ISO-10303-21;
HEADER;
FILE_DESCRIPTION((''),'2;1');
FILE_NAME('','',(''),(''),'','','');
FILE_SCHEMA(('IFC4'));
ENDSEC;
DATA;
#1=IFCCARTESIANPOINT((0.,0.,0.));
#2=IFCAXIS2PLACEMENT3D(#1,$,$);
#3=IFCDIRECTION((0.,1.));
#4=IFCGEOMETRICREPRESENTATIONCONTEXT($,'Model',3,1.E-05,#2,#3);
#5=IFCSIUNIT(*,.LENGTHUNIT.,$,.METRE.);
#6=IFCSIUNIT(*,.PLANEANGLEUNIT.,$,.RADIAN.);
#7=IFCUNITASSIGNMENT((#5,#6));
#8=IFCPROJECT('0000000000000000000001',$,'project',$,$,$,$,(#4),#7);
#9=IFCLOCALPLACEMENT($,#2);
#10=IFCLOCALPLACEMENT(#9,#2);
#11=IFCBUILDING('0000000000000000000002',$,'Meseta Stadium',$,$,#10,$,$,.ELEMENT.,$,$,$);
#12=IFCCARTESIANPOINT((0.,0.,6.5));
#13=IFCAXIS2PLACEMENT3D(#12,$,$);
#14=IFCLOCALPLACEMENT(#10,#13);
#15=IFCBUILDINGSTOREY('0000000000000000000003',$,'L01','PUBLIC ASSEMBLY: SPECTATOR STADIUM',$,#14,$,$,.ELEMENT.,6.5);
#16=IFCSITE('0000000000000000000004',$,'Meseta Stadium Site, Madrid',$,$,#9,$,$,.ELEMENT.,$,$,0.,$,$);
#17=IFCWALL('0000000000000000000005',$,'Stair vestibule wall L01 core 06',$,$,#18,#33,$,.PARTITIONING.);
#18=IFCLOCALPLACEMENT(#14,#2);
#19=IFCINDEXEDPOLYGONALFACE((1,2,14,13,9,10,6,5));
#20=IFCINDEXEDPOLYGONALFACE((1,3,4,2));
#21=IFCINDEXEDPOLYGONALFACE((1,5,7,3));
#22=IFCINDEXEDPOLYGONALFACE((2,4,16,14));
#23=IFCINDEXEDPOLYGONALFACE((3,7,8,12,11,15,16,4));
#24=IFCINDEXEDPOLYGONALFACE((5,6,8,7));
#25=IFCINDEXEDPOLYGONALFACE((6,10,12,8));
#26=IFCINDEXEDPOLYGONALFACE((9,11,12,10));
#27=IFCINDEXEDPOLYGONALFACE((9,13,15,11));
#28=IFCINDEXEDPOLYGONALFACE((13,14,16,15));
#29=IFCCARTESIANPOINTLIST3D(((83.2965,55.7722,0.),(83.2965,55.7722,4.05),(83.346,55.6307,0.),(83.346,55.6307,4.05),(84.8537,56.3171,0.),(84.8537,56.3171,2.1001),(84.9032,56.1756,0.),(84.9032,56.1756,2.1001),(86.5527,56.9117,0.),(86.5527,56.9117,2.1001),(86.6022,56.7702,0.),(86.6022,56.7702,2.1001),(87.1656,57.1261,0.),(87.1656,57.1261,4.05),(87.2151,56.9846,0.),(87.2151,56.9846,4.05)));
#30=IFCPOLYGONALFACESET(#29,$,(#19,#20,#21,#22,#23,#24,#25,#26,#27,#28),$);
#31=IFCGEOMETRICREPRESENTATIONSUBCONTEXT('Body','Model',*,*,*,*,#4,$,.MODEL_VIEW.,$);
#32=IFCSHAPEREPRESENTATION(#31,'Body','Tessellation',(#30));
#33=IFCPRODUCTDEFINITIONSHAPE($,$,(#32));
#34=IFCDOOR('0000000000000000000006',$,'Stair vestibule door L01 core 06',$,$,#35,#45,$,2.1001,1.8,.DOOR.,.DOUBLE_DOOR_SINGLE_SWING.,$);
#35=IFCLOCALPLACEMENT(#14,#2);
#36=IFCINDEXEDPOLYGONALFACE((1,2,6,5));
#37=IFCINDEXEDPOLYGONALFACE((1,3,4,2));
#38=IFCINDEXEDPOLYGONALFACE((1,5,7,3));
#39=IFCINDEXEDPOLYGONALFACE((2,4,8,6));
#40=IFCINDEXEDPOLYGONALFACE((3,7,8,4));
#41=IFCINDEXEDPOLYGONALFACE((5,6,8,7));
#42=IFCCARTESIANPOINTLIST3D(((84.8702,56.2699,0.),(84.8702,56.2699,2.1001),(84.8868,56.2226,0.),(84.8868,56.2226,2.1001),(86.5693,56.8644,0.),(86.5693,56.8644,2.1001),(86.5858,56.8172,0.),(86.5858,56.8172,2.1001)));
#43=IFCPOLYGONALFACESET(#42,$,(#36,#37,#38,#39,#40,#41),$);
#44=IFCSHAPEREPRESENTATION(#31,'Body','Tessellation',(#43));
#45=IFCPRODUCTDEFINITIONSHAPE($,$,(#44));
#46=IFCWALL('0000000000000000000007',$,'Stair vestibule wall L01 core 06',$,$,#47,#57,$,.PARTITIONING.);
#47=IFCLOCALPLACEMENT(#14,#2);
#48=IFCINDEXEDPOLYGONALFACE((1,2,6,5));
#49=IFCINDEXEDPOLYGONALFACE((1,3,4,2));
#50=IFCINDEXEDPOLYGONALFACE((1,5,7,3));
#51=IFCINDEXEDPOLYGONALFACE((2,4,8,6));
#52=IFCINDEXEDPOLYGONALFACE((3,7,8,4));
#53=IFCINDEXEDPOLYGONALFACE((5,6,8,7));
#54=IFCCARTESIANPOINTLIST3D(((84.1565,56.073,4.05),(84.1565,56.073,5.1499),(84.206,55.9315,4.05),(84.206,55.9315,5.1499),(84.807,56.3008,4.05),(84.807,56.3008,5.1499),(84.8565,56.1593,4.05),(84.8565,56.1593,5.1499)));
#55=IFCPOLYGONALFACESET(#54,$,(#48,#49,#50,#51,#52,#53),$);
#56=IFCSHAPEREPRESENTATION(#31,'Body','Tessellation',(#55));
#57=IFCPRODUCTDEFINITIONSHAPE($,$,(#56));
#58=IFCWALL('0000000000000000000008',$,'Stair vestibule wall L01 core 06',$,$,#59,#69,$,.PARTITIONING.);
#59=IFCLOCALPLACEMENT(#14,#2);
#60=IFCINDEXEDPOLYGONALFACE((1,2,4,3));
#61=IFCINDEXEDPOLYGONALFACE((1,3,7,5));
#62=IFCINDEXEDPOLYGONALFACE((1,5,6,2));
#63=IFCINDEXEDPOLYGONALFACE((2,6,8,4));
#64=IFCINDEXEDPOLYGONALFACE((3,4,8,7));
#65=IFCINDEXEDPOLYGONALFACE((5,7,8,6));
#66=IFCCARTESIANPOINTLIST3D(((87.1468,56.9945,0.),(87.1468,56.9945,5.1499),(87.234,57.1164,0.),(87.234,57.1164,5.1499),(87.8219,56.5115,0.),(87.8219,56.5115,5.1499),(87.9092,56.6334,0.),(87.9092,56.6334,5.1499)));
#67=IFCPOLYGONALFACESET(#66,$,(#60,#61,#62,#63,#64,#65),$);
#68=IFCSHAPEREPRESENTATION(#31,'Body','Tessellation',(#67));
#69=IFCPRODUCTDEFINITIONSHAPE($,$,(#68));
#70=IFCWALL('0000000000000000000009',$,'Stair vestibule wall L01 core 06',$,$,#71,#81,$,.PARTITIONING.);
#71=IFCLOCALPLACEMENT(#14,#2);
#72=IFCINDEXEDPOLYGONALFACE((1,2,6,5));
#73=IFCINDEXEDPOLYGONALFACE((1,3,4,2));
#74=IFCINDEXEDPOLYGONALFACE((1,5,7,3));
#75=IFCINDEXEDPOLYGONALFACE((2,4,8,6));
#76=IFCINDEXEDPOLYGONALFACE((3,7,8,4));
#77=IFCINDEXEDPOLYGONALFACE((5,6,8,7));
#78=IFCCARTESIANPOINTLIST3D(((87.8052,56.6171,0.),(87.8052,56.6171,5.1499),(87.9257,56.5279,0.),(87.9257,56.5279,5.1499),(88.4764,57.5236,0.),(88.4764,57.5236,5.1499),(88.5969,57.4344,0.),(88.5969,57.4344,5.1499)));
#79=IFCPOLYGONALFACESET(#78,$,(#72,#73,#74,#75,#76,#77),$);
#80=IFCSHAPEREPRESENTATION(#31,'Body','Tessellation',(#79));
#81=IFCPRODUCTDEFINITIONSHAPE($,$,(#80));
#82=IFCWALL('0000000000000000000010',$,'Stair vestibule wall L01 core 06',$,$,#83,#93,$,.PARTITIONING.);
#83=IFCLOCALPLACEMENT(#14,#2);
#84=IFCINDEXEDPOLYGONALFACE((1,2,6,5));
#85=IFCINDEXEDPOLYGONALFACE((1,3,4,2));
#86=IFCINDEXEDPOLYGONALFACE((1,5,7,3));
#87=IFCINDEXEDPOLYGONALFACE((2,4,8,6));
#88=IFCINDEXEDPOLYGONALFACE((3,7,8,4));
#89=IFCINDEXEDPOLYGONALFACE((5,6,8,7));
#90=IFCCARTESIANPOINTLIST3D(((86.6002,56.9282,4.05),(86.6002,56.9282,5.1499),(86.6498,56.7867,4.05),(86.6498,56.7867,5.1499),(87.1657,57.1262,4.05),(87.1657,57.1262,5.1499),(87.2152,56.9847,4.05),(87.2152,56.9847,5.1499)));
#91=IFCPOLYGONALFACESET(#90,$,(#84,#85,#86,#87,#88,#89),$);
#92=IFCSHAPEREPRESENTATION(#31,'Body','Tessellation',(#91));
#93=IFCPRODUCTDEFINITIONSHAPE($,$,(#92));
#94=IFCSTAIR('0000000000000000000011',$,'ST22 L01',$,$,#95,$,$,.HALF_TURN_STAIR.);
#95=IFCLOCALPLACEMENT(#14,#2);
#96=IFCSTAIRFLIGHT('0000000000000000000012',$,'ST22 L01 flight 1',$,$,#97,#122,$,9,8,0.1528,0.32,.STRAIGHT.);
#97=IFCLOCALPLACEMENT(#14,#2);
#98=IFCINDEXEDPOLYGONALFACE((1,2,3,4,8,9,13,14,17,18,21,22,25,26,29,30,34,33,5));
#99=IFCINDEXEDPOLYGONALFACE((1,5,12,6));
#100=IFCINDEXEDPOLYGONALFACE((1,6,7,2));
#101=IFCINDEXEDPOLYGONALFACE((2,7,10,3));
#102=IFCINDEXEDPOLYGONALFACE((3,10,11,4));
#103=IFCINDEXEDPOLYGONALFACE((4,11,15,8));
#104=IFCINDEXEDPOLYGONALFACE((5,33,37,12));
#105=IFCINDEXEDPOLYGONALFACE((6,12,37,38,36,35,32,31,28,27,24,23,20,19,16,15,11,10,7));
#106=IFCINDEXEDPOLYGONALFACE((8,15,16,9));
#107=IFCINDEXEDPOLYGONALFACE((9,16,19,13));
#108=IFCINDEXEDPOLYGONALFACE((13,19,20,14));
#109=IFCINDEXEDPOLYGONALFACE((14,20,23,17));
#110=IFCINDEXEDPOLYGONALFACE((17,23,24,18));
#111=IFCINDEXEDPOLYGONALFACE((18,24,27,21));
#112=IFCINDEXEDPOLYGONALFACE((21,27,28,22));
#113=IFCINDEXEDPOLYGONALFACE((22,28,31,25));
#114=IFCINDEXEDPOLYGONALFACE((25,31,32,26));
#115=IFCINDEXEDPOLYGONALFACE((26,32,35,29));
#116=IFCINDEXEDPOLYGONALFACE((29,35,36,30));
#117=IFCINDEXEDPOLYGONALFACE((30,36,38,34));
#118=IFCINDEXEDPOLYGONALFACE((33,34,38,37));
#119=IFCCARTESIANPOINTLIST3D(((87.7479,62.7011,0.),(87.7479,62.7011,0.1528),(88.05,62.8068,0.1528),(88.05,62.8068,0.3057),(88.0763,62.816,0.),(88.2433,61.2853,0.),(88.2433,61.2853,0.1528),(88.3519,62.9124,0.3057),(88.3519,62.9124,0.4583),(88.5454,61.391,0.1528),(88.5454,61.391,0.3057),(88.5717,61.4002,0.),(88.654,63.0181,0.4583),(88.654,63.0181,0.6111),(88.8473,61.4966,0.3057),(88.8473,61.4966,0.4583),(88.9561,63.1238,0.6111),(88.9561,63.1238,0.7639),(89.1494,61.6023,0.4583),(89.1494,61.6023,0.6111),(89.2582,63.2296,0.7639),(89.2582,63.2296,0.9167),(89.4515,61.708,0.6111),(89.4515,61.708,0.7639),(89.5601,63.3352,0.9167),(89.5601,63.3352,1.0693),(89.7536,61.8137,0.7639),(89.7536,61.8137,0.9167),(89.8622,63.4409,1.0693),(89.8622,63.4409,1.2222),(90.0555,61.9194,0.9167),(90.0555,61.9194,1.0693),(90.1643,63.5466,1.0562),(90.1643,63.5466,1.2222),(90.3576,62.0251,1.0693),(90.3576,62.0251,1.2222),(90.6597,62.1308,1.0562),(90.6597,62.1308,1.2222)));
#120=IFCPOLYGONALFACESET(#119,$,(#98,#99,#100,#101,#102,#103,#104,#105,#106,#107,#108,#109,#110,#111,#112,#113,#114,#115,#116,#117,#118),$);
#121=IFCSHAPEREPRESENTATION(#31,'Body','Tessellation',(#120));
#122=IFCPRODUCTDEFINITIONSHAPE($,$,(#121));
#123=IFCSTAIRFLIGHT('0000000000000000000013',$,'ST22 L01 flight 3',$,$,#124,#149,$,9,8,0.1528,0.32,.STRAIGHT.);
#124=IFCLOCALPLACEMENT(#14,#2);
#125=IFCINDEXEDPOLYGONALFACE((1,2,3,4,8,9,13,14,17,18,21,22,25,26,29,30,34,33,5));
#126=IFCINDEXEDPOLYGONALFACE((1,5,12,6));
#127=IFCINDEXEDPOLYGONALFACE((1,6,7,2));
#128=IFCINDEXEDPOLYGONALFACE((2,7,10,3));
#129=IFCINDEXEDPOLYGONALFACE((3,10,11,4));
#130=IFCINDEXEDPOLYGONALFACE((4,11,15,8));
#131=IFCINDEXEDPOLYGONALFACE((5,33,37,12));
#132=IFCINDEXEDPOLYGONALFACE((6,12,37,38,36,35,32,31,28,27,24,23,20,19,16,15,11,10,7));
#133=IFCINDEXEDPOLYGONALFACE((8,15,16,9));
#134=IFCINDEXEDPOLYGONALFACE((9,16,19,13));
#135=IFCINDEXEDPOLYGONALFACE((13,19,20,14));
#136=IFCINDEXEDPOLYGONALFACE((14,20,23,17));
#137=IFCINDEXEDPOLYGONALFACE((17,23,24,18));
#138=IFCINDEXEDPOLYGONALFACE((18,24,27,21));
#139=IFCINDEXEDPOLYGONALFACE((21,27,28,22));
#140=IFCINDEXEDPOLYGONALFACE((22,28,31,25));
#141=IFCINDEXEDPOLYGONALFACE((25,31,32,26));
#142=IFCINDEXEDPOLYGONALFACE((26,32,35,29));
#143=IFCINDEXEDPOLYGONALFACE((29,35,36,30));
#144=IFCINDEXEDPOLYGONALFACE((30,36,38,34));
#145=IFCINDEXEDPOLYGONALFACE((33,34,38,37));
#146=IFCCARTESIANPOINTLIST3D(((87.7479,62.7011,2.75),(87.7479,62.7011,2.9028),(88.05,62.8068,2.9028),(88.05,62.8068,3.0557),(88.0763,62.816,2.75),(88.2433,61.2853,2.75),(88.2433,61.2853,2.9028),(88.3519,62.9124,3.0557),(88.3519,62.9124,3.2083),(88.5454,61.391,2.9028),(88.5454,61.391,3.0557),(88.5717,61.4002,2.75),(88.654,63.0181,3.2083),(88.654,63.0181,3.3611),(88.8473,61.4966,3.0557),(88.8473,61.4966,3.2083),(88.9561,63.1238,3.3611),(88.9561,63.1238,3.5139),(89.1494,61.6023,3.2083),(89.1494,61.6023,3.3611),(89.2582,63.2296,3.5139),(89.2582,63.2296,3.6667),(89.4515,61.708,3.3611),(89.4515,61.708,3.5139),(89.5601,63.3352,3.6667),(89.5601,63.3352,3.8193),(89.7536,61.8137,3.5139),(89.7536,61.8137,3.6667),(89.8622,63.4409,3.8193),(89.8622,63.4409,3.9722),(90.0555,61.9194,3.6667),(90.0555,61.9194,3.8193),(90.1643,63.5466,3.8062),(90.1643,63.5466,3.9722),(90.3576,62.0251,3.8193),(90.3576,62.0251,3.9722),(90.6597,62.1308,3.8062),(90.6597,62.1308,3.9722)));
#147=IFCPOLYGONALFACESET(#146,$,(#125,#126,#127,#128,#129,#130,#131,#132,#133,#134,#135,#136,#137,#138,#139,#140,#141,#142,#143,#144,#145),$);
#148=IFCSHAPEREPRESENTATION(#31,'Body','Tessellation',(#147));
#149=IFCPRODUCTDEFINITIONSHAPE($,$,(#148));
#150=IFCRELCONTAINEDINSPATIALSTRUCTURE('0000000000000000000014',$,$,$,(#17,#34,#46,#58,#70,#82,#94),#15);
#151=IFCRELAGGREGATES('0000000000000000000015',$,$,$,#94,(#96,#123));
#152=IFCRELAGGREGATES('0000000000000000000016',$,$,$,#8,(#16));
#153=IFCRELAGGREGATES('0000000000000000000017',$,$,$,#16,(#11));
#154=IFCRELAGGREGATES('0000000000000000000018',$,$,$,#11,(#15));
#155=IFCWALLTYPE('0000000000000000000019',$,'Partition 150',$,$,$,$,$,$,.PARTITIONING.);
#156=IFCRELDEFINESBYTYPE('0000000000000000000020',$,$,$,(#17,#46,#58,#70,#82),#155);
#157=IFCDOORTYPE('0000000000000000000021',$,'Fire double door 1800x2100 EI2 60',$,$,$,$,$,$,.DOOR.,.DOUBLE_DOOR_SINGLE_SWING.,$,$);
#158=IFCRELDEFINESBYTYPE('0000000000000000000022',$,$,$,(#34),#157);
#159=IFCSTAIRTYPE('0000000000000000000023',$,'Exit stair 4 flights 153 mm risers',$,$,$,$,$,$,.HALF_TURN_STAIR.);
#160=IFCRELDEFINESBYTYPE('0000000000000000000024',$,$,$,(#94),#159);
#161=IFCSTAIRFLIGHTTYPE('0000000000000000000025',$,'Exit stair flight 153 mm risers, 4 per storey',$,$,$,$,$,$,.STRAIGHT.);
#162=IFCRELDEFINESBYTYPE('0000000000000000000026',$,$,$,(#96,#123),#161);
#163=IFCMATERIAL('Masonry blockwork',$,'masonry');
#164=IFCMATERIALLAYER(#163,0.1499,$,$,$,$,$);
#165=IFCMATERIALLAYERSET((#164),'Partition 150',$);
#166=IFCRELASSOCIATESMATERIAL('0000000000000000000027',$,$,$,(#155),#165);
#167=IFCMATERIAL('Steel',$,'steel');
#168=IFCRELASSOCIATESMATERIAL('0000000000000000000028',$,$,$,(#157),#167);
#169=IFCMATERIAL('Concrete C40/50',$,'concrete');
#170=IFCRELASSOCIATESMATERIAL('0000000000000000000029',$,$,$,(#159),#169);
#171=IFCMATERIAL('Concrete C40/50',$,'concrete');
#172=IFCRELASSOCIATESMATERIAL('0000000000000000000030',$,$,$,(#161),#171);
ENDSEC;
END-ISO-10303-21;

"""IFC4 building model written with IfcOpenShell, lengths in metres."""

from ifc_helpers import new_model, si_unit, direction, frame, frame_2d, origin, place, context, subcontext, project, spatial, polyline, rectangle, outline, extrude, material, layer, layer_set, type_object, element, fill, aggregate, save


model = new_model("IFC4")

# Units and contexts
model_context = context("Model", 3, precision=1e-05, world=origin(), true_north=direction((0.0, 1.0)))
body_context = subcontext(model_context, "Body", "Model", "MODEL_VIEW")
ifc_project = project(units=[si_unit("LENGTHUNIT", "METRE"), si_unit("PLANEANGLEUNIT", "RADIAN")], contexts=[model_context])

# Site, building, storey
site_placement = place(None, origin())
site = spatial("IfcSite", under=ifc_project, at=site_placement, Name="Meseta Stadium Site, Madrid", CompositionType="ELEMENT", RefElevation=0.0)
building_placement = place(site_placement, origin())
building = spatial("IfcBuilding", under=site, at=building_placement, Name="Meseta Stadium", CompositionType="ELEMENT")
storey_placement = place(building_placement, frame((0.0, 0.0, 6.5)))
storey = spatial("IfcBuildingStorey", under=building, at=storey_placement, Name="L01", Description="PUBLIC ASSEMBLY: SPECTATOR STADIUM", CompositionType="ELEMENT", Elevation=6.5)

# Shared definitions
ifc_material_1 = material(Name="Masonry blockwork", Category="masonry")
ifc_layer_1 = layer(ifc_material_1, 0.1499)
ifc_layer_set_1 = layer_set([ifc_layer_1], Name="Partition 150")
wall_type_1 = type_object("IfcWallType", Name="Partition 150", PredefinedType="PARTITIONING", material=ifc_layer_set_1)

# Wall, opening, door
wall_1_placement = place(storey_placement, frame((83.3213, 55.7014, 0.0), z_axis=(0.0, 0.0, 1.0), x_axis=(0.943873, 0.330308, 0.0)))
wall_1 = element("IfcWall", 1, at=wall_1_placement, inside=storey, type_object=wall_type_1, Name="Stair vestibule wall L01 core 06", PredefinedType="PARTITIONING", context=body_context, shape_type="SweptSolid", body=[
    extrude(rectangle(XDim=4.0991, YDim=0.1499, at=frame_2d((2.0496, 0.0))), origin(), (0.0, 0.0, 1.0), 4.05),
])
opening_1_placement = place(wall_1_placement, frame((1.6499, 0.0, 0.0)))
opening_1 = element("IfcOpeningElement", 2, at=opening_1_placement, cuts=wall_1, PredefinedType="OPENING", context=body_context, shape_type="SweptSolid", body=[
    extrude(rectangle(XDim=1.8, YDim=2.1001, at=frame_2d((0.8999, 1.05))), frame((0.0, 0.085, 0.0), z_axis=(0.0, -1.0, 0.0), x_axis=(1.0, 0.0, 0.0)), (0.0, 0.0, 1.0), 0.1699),
])
ifc_material_2 = material(Name="Steel", Category="steel")
door_type_1 = type_object("IfcDoorType", Name="Fire double door 1800x2100 EI2 60", OperationType="DOUBLE_DOOR_SINGLE_SWING", PredefinedType="DOOR", material=ifc_material_2)
door_1_placement = place(opening_1_placement, origin())
door_1 = element("IfcDoor", 3, at=door_1_placement, inside=storey, type_object=door_type_1, Name="Stair vestibule door L01 core 06", OperationType="DOUBLE_DOOR_SINGLE_SWING", OverallHeight=2.1001, OverallWidth=1.8, PredefinedType="DOOR", context=body_context, shape_type="SweptSolid", body=[
    extrude(rectangle(XDim=1.8, YDim=2.1001, at=frame_2d((0.8999, 1.05))), frame((0.0, 0.0249, 0.0), z_axis=(0.0, -1.0, 0.0), x_axis=(1.0, 0.0, 0.0)), (0.0, 0.0, 1.0), 0.05),
])
fill(opening_1, door_1)

# Walls
wall_2_placement = place(storey_placement, frame((84.1812, 56.0022, 4.05), z_axis=(0.0, 0.0, 1.0), x_axis=(0.943792, 0.33054, 0.0)))
element("IfcWall", 4, at=wall_2_placement, inside=storey, type_object=wall_type_1, Name="Stair vestibule wall L01 core 06", PredefinedType="PARTITIONING", context=body_context, shape_type="SweptSolid", body=[
    extrude(rectangle(XDim=0.6892, YDim=0.1499, at=frame_2d((0.3447, 0.0))), origin(), (0.0, 0.0, 1.0), 1.0999),
])
wall_3_placement = place(storey_placement, frame((87.1904, 57.0554, 0.0), z_axis=(0.0, 0.0, 1.0), x_axis=(0.813316, -0.581822, 0.0)))
element("IfcWall", 5, at=wall_3_placement, inside=storey, type_object=wall_type_1, Name="Stair vestibule wall L01 core 06", PredefinedType="PARTITIONING", context=body_context, shape_type="SweptSolid", body=[
    extrude(rectangle(XDim=0.8301, YDim=0.1499, at=frame_2d((0.415, 0.0))), origin(), (0.0, 0.0, 1.0), 5.1499),
])
wall_4_placement = place(storey_placement, frame((87.8655, 56.5725, 0.0), z_axis=(0.0, 0.0, 1.0), x_axis=(0.595036, 0.803699, 0.0)))
element("IfcWall", 6, at=wall_4_placement, inside=storey, type_object=wall_type_1, Name="Stair vestibule wall L01 core 06", PredefinedType="PARTITIONING", context=body_context, shape_type="SweptSolid", body=[
    extrude(rectangle(XDim=1.1279, YDim=0.1499, at=frame_2d((0.564, 0.0))), origin(), (0.0, 0.0, 1.0), 5.1499),
])
wall_5_placement = place(storey_placement, frame((86.625, 56.8574, 4.05), z_axis=(0.0, 0.0, 1.0), x_axis=(0.943808, 0.330496, 0.0)))
element("IfcWall", 7, at=wall_5_placement, inside=storey, type_object=wall_type_1, Name="Stair vestibule wall L01 core 06", PredefinedType="PARTITIONING", context=body_context, shape_type="SweptSolid", body=[
    extrude(rectangle(XDim=0.5991, YDim=0.1499, at=frame_2d((0.2996, 0.0))), origin(), (0.0, 0.0, 1.0), 1.0999),
])

# Stair, stair flights
ifc_material_3 = material(Name="Concrete C40/50", Category="concrete")
stair_type = type_object("IfcStairType", Name="Exit stair 4 flights 153 mm risers", PredefinedType="HALF_TURN_STAIR", material=ifc_material_3)
stair_placement = place(storey_placement, origin())
stair = element("IfcStair", 8, at=stair_placement, inside=storey, type_object=stair_type, Name="ST22 L01", PredefinedType="HALF_TURN_STAIR")
ifc_material_4 = material(Name="Concrete C40/50", Category="concrete")
stair_flight_type = type_object("IfcStairFlightType", Name="Exit stair flight 153 mm risers, 4 per storey", PredefinedType="STRAIGHT", material=ifc_material_4)
stair_flight_1_placement = place(storey_placement, frame((87.9956, 61.9932, 0.0), z_axis=(0.0, 0.0, 1.0), x_axis=(0.943883, 0.330279, 0.0)))
stair_flight_1 = element("IfcStairFlight", 9, at=stair_flight_1_placement, type_object=stair_flight_type, Name="ST22 L01 flight 1", NumberOfRisers=9, NumberOfTreads=8, PredefinedType="STRAIGHT", RiserHeight=0.1528, TreadLength=0.32, context=body_context, shape_type="SweptSolid", body=[
    extrude(outline(polyline([(0.0, 0.0), (0.0, 0.1528), (0.3201, 0.1528), (0.3201, 0.3057), (0.6399, 0.3057), (0.6399, 0.4583), (0.96, 0.4583), (0.96, 0.6111), (1.28, 0.6111), (1.28, 0.7639), (1.6001, 0.7639), (1.6001, 0.9167), (1.9199, 0.9167), (1.9199, 1.0693), (2.24, 1.0693), (2.24, 1.2222), (2.5601, 1.2222), (2.5601, 1.0562), (0.3479, 0.0), (0.0, 0.0)])), frame((0.0, 0.75, 0.0), z_axis=(0.0, -1.0, 0.0), x_axis=(1.0, 0.0, 0.0)), (0.0, 0.0, 1.0), 1.5),
])
stair_flight_2_placement = place(storey_placement, frame((87.9956, 61.9932, 2.75), z_axis=(0.0, 0.0, 1.0), x_axis=(0.943883, 0.330279, 0.0)))
stair_flight_2 = element("IfcStairFlight", 10, at=stair_flight_2_placement, type_object=stair_flight_type, Name="ST22 L01 flight 3", NumberOfRisers=9, NumberOfTreads=8, PredefinedType="STRAIGHT", RiserHeight=0.1528, TreadLength=0.32, context=body_context, shape_type="SweptSolid", body=[
    extrude(outline(polyline([(0.0, 0.0), (0.0, 0.1528), (0.3201, 0.1528), (0.3201, 0.3057), (0.6399, 0.3057), (0.6399, 0.4583), (0.96, 0.4583), (0.96, 0.6111), (1.28, 0.6111), (1.28, 0.7639), (1.6001, 0.7639), (1.6001, 0.9167), (1.9199, 0.9167), (1.9199, 1.0693), (2.24, 1.0693), (2.24, 1.2222), (2.5601, 1.2222), (2.5601, 1.0562), (0.3479, 0.0), (0.0, 0.0)])), frame((0.0, 0.75, 0.0), z_axis=(0.0, -1.0, 0.0), x_axis=(1.0, 0.0, 0.0)), (0.0, 0.0, 1.0), 1.5),
])
aggregate(stair, [stair_flight_1, stair_flight_2])

save(model, "model.ifc")
